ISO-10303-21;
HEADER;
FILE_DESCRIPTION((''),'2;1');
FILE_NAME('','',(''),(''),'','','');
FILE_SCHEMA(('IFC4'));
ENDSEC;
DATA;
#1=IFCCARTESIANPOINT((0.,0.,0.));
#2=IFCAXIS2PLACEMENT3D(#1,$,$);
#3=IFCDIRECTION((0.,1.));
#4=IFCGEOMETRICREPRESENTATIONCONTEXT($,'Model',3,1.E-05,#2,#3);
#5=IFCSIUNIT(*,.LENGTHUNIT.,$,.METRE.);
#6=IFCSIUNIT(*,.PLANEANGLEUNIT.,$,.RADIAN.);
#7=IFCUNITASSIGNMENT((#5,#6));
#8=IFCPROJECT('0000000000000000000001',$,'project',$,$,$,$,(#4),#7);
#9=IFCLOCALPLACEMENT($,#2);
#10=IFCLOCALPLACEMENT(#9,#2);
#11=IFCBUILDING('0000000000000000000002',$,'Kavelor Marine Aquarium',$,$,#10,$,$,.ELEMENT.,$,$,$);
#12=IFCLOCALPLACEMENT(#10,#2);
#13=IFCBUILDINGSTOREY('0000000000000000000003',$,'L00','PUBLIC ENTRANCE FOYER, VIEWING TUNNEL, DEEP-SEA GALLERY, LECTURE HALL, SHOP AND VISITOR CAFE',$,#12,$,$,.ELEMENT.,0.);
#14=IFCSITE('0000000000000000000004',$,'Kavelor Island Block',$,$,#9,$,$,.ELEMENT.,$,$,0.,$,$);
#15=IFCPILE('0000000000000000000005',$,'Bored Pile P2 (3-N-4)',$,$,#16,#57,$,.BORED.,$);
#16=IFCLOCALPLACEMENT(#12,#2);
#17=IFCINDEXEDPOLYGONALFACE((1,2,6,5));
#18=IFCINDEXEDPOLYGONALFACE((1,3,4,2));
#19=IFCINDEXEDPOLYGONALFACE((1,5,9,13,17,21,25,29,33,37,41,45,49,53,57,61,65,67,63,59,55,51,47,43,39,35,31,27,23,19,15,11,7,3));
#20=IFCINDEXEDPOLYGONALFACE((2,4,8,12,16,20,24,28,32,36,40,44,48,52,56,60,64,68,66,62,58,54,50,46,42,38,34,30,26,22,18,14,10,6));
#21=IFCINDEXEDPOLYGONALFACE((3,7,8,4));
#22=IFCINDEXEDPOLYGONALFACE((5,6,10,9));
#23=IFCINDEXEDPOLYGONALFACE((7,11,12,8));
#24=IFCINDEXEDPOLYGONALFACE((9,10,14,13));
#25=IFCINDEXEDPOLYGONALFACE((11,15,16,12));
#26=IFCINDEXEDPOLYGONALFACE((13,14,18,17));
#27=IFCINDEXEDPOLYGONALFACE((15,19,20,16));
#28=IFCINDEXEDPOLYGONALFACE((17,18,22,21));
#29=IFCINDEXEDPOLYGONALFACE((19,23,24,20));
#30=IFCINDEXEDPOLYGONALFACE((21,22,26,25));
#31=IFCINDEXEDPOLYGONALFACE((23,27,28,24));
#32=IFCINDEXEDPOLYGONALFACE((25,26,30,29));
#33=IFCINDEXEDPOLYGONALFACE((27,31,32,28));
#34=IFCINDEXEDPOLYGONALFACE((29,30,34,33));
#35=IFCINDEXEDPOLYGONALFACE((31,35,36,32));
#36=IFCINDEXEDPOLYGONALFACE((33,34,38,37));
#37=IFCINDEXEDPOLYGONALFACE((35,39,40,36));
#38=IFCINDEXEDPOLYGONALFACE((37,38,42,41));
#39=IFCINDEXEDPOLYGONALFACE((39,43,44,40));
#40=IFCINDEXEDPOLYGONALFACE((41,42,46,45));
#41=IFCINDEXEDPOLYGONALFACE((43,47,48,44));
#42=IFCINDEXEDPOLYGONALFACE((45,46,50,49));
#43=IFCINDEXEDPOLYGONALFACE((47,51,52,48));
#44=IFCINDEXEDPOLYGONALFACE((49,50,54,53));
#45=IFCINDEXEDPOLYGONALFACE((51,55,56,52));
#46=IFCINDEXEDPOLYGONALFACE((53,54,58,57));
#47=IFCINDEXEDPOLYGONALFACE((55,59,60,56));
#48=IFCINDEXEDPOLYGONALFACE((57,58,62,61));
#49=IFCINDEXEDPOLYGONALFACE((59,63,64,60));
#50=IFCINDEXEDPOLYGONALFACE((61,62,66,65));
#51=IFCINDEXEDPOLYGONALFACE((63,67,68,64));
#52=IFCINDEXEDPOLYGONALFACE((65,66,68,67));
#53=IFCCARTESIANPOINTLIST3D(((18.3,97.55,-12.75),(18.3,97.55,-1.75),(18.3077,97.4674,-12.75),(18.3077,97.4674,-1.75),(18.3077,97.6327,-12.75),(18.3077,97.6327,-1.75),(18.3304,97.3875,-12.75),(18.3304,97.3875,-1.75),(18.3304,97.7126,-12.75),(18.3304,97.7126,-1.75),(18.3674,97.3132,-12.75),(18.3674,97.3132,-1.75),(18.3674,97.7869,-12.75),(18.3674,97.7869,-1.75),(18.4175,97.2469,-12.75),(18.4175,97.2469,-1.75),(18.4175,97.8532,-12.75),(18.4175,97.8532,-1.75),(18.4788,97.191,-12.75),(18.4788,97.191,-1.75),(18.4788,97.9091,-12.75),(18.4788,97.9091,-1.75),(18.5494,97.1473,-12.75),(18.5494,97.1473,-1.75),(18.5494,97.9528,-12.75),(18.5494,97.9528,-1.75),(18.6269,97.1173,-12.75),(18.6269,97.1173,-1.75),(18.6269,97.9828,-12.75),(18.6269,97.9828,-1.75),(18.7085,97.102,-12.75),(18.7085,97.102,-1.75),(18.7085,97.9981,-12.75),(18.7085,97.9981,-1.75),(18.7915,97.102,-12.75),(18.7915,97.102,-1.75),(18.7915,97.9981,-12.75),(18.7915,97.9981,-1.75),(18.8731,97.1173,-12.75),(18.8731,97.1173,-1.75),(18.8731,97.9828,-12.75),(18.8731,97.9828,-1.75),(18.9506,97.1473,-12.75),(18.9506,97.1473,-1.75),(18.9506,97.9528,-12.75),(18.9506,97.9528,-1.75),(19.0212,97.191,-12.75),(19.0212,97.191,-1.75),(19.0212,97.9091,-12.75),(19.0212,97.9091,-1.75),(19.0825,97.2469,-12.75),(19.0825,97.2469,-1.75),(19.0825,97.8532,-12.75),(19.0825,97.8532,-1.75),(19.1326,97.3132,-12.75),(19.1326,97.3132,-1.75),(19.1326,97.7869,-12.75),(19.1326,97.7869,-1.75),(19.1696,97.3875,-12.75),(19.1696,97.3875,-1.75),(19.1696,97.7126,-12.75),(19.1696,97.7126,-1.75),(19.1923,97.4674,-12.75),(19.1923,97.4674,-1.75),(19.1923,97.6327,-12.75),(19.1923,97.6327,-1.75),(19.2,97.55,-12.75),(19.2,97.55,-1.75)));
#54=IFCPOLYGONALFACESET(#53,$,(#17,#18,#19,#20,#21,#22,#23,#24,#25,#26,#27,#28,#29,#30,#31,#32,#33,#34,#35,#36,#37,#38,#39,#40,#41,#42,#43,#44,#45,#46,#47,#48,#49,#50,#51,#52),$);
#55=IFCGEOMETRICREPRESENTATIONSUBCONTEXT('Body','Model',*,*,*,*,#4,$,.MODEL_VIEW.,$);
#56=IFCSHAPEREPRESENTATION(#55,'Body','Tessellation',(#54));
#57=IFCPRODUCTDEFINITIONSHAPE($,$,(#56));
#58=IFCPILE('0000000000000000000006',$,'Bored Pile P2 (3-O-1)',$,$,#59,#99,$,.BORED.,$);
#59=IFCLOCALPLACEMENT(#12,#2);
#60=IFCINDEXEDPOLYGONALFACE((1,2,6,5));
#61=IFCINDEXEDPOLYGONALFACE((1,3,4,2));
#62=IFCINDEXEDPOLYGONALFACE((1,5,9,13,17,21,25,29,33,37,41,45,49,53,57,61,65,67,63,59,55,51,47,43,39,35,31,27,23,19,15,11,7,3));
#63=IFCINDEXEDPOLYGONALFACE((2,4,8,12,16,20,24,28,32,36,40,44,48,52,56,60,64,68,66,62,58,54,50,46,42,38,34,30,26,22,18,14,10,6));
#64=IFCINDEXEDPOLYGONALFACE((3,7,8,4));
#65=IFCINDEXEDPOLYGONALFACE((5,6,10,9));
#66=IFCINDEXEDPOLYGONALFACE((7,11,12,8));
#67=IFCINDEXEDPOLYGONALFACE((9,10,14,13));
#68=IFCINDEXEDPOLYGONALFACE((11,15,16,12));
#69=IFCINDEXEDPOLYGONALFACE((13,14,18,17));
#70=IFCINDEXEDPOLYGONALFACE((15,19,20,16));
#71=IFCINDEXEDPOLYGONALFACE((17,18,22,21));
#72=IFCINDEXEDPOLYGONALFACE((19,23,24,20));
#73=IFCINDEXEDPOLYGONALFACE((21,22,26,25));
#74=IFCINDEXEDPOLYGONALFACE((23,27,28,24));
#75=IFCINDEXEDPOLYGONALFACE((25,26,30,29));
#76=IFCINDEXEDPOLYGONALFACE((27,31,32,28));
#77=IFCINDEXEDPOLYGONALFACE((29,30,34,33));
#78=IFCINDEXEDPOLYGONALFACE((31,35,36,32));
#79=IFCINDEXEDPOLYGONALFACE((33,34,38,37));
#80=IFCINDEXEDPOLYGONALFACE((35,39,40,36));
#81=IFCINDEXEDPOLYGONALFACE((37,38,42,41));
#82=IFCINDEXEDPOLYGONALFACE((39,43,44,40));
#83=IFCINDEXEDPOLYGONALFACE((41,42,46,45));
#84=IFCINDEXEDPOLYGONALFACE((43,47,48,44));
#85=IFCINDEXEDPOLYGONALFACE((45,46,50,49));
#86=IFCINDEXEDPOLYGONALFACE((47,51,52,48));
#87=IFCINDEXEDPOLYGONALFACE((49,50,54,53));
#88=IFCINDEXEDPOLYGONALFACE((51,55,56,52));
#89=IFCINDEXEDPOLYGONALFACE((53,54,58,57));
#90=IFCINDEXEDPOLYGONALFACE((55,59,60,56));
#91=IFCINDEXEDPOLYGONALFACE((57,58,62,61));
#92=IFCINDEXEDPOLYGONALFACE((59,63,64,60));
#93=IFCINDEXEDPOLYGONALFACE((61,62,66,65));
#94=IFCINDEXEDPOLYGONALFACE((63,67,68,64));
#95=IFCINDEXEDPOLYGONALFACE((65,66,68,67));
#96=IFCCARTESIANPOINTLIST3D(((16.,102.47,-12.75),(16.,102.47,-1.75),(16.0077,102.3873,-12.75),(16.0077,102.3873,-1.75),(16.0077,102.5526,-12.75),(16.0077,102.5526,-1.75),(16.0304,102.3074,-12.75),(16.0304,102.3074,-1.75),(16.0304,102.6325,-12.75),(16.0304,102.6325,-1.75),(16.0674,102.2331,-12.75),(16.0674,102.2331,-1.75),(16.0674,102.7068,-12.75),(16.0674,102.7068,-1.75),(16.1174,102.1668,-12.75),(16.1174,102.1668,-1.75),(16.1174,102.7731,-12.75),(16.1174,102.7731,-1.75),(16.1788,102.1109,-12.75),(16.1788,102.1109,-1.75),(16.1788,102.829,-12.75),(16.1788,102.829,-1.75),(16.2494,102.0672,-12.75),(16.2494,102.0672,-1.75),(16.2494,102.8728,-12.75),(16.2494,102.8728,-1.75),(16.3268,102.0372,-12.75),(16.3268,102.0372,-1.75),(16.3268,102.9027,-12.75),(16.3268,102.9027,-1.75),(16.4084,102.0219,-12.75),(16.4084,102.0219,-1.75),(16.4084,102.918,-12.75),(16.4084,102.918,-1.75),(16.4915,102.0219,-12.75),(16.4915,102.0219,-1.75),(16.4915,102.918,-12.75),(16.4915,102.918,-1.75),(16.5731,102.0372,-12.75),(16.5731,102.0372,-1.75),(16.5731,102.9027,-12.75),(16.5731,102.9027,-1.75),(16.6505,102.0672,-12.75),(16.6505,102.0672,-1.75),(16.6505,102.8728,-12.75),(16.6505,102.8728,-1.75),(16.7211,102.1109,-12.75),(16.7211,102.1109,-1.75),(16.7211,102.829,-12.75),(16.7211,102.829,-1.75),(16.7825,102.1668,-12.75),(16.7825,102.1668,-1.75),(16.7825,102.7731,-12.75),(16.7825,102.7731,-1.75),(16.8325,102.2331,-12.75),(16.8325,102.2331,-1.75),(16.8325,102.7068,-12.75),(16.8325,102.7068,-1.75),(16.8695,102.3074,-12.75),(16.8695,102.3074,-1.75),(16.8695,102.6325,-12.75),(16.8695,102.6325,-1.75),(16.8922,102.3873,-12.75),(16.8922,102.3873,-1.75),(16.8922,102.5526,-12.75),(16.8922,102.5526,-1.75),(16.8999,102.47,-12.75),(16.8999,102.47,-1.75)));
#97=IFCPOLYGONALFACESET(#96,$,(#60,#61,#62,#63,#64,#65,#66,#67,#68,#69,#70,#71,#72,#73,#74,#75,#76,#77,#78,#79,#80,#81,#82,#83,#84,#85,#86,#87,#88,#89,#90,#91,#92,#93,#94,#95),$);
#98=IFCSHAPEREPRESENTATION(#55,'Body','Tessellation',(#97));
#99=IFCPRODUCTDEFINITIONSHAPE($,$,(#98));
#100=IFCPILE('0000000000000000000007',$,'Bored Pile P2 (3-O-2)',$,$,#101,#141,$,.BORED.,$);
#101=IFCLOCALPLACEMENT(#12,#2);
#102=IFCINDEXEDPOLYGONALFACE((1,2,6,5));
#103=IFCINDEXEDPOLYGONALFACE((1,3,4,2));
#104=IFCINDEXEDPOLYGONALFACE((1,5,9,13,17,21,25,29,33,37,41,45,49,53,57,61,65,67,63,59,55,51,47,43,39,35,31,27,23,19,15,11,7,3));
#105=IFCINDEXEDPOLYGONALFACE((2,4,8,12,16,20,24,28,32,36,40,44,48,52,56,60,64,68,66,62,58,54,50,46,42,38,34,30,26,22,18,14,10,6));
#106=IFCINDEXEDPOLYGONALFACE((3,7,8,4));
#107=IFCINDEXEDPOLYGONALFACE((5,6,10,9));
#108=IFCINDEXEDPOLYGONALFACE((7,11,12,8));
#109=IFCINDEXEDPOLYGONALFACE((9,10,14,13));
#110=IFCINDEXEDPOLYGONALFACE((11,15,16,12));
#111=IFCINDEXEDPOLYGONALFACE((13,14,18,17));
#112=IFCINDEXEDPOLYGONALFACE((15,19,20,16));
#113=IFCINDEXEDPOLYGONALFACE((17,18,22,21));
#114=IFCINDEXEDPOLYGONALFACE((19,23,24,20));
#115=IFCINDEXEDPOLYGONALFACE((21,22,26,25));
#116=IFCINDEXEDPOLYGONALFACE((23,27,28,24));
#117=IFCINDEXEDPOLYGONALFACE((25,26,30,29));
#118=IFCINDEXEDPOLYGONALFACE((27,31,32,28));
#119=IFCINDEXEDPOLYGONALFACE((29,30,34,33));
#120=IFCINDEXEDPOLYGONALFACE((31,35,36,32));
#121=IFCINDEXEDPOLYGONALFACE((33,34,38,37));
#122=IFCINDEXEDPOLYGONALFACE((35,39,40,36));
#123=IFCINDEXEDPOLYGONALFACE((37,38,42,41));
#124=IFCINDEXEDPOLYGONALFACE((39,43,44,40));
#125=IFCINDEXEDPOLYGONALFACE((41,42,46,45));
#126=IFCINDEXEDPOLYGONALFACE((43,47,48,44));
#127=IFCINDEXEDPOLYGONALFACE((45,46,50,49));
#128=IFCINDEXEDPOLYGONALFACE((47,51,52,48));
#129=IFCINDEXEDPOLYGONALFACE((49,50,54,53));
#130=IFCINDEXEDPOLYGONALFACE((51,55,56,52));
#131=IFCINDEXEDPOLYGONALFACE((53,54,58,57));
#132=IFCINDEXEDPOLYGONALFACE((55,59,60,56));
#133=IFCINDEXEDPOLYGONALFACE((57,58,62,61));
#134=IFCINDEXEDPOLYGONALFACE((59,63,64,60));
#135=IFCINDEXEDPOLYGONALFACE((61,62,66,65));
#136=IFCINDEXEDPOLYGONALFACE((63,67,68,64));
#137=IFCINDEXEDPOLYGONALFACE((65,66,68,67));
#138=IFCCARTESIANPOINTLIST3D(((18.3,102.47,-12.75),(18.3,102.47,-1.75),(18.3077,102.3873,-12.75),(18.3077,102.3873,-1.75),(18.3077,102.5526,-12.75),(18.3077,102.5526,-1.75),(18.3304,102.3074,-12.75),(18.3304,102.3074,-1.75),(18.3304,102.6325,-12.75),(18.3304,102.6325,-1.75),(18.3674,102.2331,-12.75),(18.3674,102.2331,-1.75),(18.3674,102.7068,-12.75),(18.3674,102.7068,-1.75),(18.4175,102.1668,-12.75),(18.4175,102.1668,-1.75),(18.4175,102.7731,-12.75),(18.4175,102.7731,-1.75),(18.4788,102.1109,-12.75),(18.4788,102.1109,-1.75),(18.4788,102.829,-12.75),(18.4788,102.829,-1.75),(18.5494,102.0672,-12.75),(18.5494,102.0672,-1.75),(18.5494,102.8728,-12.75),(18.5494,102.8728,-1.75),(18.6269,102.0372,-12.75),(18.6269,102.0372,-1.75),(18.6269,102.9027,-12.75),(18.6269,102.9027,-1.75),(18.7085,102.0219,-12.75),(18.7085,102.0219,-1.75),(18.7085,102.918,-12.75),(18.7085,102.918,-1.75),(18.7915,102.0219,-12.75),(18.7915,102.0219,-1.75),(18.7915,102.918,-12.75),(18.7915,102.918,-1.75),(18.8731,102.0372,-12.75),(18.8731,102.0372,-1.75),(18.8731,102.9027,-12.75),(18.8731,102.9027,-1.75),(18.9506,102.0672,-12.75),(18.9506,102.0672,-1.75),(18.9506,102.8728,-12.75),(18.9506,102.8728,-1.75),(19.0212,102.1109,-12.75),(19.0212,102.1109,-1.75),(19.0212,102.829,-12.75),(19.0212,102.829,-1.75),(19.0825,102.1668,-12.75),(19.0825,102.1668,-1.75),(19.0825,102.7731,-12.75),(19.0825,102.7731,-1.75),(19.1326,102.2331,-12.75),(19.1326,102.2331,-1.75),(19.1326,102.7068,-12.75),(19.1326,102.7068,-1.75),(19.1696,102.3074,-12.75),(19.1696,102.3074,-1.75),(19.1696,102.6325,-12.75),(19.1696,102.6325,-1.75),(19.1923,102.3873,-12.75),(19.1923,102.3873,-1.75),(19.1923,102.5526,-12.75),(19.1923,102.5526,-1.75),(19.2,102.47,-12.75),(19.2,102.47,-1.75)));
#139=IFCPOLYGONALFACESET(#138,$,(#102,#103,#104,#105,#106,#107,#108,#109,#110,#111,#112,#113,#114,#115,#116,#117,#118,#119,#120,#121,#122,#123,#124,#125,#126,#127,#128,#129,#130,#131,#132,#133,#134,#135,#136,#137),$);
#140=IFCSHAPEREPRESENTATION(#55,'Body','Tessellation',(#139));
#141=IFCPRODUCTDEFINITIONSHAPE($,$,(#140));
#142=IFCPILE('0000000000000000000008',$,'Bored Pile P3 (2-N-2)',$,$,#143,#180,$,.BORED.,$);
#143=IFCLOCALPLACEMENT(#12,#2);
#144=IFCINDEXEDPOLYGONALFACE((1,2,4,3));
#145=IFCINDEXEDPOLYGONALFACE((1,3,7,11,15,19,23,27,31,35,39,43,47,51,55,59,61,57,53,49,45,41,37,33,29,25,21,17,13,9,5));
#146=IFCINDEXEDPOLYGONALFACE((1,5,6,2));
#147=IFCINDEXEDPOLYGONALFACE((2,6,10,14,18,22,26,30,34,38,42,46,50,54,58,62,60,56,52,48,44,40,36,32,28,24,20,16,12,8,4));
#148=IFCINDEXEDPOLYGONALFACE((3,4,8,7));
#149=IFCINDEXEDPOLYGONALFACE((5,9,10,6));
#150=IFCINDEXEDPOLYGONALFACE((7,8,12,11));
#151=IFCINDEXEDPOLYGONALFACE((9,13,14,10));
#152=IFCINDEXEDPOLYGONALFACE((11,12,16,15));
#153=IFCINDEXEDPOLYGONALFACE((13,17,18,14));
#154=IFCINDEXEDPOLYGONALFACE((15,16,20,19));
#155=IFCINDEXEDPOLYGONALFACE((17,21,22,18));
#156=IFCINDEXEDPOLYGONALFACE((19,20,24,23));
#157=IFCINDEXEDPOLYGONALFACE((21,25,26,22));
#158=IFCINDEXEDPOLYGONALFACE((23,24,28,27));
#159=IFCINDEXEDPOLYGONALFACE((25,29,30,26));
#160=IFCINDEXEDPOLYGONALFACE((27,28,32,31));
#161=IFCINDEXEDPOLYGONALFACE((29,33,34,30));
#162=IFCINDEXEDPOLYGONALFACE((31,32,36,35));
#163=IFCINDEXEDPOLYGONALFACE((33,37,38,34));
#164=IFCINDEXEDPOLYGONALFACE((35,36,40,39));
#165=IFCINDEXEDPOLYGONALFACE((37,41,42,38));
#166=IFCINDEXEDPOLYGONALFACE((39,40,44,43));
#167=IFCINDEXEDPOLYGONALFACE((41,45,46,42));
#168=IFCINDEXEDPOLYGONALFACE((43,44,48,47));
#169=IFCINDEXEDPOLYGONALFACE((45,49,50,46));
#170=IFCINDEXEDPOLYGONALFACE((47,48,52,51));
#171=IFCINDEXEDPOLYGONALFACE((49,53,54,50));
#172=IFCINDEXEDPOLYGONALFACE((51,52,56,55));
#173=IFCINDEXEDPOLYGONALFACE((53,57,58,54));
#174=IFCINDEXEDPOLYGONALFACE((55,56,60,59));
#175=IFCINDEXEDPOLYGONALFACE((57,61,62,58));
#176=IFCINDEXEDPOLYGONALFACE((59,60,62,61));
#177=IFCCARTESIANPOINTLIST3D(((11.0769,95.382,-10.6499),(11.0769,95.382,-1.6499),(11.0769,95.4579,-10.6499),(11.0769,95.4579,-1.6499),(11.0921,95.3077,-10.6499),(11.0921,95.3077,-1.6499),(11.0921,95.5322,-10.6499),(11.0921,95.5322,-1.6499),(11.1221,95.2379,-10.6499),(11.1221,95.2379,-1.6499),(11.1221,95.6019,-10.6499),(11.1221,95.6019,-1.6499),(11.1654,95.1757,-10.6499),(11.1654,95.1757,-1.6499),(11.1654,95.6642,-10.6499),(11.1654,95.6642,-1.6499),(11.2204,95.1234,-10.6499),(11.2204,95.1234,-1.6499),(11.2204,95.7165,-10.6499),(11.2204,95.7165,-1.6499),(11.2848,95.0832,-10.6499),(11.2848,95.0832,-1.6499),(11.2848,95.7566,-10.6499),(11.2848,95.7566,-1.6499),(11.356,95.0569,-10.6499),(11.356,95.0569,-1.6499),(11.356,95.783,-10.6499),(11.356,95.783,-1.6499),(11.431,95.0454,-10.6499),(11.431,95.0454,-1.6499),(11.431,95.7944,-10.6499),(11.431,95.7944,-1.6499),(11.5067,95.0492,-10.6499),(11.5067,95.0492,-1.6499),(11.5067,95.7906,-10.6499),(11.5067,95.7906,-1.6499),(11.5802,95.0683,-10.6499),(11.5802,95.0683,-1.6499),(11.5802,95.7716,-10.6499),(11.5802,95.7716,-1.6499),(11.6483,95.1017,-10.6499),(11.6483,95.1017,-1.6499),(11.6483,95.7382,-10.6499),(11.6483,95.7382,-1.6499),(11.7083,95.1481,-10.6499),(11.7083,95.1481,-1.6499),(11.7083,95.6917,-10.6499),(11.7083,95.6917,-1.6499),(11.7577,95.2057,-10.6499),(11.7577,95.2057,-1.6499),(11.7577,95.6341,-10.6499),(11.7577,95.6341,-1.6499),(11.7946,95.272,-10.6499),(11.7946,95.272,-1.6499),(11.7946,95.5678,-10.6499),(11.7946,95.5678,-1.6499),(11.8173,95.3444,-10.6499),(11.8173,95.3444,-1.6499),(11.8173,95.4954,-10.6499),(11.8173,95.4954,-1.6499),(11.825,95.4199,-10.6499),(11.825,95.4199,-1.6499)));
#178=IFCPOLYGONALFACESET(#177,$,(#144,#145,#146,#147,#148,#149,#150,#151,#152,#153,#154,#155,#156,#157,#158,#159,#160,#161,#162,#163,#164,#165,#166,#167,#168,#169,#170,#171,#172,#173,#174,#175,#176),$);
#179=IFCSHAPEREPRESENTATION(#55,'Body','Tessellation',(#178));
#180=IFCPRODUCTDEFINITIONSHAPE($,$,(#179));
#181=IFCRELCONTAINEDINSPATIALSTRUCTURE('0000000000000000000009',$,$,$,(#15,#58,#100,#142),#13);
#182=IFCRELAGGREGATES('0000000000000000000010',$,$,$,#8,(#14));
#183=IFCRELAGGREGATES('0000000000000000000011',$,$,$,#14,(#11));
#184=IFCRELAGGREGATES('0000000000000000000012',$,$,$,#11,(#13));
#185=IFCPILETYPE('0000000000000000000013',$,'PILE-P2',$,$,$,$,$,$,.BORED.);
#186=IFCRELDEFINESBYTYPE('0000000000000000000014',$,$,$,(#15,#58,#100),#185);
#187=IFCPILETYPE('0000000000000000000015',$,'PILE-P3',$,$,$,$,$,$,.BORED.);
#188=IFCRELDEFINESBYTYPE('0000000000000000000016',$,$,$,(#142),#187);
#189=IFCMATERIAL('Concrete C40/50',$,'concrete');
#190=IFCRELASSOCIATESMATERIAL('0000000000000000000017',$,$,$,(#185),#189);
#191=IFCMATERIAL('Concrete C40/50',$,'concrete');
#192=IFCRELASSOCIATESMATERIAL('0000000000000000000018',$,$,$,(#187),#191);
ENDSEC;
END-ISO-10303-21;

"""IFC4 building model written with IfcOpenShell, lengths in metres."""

from ifc_helpers import new_model, si_unit, direction, frame, origin, origin_2d, place, context, subcontext, project, spatial, circle, extrude, material, material_profile, profile_set, type_object, element, save


model = new_model("IFC4")

# Units and contexts
model_context = context("Model", 3, precision=1e-05, world=origin(), true_north=direction((0.0, 1.0)))
body_context = subcontext(model_context, "Body", "Model", "MODEL_VIEW")
ifc_project = project(units=[si_unit("LENGTHUNIT", "METRE"), si_unit("PLANEANGLEUNIT", "RADIAN")], contexts=[model_context])

# Site, building, storey
site_placement = place(None, origin())
site = spatial("IfcSite", under=ifc_project, at=site_placement, Name="Kavelor Island Block", CompositionType="ELEMENT", RefElevation=0.0)
building_placement = place(site_placement, origin())
building = spatial("IfcBuilding", under=site, at=building_placement, Name="Kavelor Marine Aquarium", CompositionType="ELEMENT")
storey_placement = place(building_placement, origin())
storey = spatial("IfcBuildingStorey", under=building, at=storey_placement, Name="L00", Description="PUBLIC ENTRANCE FOYER, VIEWING TUNNEL, DEEP-SEA GALLERY, LECTURE HALL, SHOP AND VISITOR CAFE", CompositionType="ELEMENT", Elevation=0.0)

# Piles
ifc_material_1 = material(Name="Concrete C40/50", Category="concrete")
ifc_material_profile_1 = material_profile(ifc_material_1, circle(Radius=0.45, at=origin_2d()), Name="PILE D900")
ifc_profile_set_1 = profile_set([ifc_material_profile_1], Name="Concrete C40/50")
pile_type_1 = type_object("IfcPileType", Name="PILE-P2", PredefinedType="BORED", material=ifc_profile_set_1)
for number, where, z_axis, x_axis, name in (
    (1, (18.75, 97.55, -1.75), (0.0, 0.0, -1.0), (1.0, 0.0, 0.0), "Bored Pile P2 (3-N-4)"),
    (2, (16.45, 102.47, -1.75), (0.0, 0.0, -1.0), (1.0, 0.0, 0.0), "Bored Pile P2 (3-O-1)"),
    (3, (18.75, 102.47, -1.75), (0.0, 0.0, -1.0), (1.0, 0.0, 0.0), "Bored Pile P2 (3-O-2)"),
):
    element("IfcPile", number, at=place(storey_placement, frame(where, z_axis=z_axis, x_axis=x_axis)), inside=storey, type_object=pile_type_1, Name=name, PredefinedType="BORED", context=body_context, shape_type="SweptSolid", body=[
        extrude(circle(Radius=0.45, at=origin_2d()), origin(), (0.0, 0.0, 1.0), 11.0),
    ])
ifc_material_2 = material(Name="Concrete C40/50", Category="concrete")
ifc_material_profile_2 = material_profile(ifc_material_2, circle(Radius=0.375, at=origin_2d()), Name="PILE D750")
ifc_profile_set_2 = profile_set([ifc_material_profile_2], Name="Concrete C40/50")
pile_type_2 = type_object("IfcPileType", Name="PILE-P3", PredefinedType="BORED", material=ifc_profile_set_2)
for number, where, z_axis, x_axis, name in (
    (4, (11.45, 95.4199, -1.6499), (0.0, 0.0, -1.0), (1.0, 0.0, 0.0), "Bored Pile P3 (2-N-2)"),
):
    element("IfcPile", number, at=place(storey_placement, frame(where, z_axis=z_axis, x_axis=x_axis)), inside=storey, type_object=pile_type_2, Name=name, PredefinedType="BORED", context=body_context, shape_type="SweptSolid", body=[
        extrude(circle(Radius=0.375, at=origin_2d()), origin(), (0.0, 0.0, 1.0), 9.0),
    ])

save(model, "model.ifc")
